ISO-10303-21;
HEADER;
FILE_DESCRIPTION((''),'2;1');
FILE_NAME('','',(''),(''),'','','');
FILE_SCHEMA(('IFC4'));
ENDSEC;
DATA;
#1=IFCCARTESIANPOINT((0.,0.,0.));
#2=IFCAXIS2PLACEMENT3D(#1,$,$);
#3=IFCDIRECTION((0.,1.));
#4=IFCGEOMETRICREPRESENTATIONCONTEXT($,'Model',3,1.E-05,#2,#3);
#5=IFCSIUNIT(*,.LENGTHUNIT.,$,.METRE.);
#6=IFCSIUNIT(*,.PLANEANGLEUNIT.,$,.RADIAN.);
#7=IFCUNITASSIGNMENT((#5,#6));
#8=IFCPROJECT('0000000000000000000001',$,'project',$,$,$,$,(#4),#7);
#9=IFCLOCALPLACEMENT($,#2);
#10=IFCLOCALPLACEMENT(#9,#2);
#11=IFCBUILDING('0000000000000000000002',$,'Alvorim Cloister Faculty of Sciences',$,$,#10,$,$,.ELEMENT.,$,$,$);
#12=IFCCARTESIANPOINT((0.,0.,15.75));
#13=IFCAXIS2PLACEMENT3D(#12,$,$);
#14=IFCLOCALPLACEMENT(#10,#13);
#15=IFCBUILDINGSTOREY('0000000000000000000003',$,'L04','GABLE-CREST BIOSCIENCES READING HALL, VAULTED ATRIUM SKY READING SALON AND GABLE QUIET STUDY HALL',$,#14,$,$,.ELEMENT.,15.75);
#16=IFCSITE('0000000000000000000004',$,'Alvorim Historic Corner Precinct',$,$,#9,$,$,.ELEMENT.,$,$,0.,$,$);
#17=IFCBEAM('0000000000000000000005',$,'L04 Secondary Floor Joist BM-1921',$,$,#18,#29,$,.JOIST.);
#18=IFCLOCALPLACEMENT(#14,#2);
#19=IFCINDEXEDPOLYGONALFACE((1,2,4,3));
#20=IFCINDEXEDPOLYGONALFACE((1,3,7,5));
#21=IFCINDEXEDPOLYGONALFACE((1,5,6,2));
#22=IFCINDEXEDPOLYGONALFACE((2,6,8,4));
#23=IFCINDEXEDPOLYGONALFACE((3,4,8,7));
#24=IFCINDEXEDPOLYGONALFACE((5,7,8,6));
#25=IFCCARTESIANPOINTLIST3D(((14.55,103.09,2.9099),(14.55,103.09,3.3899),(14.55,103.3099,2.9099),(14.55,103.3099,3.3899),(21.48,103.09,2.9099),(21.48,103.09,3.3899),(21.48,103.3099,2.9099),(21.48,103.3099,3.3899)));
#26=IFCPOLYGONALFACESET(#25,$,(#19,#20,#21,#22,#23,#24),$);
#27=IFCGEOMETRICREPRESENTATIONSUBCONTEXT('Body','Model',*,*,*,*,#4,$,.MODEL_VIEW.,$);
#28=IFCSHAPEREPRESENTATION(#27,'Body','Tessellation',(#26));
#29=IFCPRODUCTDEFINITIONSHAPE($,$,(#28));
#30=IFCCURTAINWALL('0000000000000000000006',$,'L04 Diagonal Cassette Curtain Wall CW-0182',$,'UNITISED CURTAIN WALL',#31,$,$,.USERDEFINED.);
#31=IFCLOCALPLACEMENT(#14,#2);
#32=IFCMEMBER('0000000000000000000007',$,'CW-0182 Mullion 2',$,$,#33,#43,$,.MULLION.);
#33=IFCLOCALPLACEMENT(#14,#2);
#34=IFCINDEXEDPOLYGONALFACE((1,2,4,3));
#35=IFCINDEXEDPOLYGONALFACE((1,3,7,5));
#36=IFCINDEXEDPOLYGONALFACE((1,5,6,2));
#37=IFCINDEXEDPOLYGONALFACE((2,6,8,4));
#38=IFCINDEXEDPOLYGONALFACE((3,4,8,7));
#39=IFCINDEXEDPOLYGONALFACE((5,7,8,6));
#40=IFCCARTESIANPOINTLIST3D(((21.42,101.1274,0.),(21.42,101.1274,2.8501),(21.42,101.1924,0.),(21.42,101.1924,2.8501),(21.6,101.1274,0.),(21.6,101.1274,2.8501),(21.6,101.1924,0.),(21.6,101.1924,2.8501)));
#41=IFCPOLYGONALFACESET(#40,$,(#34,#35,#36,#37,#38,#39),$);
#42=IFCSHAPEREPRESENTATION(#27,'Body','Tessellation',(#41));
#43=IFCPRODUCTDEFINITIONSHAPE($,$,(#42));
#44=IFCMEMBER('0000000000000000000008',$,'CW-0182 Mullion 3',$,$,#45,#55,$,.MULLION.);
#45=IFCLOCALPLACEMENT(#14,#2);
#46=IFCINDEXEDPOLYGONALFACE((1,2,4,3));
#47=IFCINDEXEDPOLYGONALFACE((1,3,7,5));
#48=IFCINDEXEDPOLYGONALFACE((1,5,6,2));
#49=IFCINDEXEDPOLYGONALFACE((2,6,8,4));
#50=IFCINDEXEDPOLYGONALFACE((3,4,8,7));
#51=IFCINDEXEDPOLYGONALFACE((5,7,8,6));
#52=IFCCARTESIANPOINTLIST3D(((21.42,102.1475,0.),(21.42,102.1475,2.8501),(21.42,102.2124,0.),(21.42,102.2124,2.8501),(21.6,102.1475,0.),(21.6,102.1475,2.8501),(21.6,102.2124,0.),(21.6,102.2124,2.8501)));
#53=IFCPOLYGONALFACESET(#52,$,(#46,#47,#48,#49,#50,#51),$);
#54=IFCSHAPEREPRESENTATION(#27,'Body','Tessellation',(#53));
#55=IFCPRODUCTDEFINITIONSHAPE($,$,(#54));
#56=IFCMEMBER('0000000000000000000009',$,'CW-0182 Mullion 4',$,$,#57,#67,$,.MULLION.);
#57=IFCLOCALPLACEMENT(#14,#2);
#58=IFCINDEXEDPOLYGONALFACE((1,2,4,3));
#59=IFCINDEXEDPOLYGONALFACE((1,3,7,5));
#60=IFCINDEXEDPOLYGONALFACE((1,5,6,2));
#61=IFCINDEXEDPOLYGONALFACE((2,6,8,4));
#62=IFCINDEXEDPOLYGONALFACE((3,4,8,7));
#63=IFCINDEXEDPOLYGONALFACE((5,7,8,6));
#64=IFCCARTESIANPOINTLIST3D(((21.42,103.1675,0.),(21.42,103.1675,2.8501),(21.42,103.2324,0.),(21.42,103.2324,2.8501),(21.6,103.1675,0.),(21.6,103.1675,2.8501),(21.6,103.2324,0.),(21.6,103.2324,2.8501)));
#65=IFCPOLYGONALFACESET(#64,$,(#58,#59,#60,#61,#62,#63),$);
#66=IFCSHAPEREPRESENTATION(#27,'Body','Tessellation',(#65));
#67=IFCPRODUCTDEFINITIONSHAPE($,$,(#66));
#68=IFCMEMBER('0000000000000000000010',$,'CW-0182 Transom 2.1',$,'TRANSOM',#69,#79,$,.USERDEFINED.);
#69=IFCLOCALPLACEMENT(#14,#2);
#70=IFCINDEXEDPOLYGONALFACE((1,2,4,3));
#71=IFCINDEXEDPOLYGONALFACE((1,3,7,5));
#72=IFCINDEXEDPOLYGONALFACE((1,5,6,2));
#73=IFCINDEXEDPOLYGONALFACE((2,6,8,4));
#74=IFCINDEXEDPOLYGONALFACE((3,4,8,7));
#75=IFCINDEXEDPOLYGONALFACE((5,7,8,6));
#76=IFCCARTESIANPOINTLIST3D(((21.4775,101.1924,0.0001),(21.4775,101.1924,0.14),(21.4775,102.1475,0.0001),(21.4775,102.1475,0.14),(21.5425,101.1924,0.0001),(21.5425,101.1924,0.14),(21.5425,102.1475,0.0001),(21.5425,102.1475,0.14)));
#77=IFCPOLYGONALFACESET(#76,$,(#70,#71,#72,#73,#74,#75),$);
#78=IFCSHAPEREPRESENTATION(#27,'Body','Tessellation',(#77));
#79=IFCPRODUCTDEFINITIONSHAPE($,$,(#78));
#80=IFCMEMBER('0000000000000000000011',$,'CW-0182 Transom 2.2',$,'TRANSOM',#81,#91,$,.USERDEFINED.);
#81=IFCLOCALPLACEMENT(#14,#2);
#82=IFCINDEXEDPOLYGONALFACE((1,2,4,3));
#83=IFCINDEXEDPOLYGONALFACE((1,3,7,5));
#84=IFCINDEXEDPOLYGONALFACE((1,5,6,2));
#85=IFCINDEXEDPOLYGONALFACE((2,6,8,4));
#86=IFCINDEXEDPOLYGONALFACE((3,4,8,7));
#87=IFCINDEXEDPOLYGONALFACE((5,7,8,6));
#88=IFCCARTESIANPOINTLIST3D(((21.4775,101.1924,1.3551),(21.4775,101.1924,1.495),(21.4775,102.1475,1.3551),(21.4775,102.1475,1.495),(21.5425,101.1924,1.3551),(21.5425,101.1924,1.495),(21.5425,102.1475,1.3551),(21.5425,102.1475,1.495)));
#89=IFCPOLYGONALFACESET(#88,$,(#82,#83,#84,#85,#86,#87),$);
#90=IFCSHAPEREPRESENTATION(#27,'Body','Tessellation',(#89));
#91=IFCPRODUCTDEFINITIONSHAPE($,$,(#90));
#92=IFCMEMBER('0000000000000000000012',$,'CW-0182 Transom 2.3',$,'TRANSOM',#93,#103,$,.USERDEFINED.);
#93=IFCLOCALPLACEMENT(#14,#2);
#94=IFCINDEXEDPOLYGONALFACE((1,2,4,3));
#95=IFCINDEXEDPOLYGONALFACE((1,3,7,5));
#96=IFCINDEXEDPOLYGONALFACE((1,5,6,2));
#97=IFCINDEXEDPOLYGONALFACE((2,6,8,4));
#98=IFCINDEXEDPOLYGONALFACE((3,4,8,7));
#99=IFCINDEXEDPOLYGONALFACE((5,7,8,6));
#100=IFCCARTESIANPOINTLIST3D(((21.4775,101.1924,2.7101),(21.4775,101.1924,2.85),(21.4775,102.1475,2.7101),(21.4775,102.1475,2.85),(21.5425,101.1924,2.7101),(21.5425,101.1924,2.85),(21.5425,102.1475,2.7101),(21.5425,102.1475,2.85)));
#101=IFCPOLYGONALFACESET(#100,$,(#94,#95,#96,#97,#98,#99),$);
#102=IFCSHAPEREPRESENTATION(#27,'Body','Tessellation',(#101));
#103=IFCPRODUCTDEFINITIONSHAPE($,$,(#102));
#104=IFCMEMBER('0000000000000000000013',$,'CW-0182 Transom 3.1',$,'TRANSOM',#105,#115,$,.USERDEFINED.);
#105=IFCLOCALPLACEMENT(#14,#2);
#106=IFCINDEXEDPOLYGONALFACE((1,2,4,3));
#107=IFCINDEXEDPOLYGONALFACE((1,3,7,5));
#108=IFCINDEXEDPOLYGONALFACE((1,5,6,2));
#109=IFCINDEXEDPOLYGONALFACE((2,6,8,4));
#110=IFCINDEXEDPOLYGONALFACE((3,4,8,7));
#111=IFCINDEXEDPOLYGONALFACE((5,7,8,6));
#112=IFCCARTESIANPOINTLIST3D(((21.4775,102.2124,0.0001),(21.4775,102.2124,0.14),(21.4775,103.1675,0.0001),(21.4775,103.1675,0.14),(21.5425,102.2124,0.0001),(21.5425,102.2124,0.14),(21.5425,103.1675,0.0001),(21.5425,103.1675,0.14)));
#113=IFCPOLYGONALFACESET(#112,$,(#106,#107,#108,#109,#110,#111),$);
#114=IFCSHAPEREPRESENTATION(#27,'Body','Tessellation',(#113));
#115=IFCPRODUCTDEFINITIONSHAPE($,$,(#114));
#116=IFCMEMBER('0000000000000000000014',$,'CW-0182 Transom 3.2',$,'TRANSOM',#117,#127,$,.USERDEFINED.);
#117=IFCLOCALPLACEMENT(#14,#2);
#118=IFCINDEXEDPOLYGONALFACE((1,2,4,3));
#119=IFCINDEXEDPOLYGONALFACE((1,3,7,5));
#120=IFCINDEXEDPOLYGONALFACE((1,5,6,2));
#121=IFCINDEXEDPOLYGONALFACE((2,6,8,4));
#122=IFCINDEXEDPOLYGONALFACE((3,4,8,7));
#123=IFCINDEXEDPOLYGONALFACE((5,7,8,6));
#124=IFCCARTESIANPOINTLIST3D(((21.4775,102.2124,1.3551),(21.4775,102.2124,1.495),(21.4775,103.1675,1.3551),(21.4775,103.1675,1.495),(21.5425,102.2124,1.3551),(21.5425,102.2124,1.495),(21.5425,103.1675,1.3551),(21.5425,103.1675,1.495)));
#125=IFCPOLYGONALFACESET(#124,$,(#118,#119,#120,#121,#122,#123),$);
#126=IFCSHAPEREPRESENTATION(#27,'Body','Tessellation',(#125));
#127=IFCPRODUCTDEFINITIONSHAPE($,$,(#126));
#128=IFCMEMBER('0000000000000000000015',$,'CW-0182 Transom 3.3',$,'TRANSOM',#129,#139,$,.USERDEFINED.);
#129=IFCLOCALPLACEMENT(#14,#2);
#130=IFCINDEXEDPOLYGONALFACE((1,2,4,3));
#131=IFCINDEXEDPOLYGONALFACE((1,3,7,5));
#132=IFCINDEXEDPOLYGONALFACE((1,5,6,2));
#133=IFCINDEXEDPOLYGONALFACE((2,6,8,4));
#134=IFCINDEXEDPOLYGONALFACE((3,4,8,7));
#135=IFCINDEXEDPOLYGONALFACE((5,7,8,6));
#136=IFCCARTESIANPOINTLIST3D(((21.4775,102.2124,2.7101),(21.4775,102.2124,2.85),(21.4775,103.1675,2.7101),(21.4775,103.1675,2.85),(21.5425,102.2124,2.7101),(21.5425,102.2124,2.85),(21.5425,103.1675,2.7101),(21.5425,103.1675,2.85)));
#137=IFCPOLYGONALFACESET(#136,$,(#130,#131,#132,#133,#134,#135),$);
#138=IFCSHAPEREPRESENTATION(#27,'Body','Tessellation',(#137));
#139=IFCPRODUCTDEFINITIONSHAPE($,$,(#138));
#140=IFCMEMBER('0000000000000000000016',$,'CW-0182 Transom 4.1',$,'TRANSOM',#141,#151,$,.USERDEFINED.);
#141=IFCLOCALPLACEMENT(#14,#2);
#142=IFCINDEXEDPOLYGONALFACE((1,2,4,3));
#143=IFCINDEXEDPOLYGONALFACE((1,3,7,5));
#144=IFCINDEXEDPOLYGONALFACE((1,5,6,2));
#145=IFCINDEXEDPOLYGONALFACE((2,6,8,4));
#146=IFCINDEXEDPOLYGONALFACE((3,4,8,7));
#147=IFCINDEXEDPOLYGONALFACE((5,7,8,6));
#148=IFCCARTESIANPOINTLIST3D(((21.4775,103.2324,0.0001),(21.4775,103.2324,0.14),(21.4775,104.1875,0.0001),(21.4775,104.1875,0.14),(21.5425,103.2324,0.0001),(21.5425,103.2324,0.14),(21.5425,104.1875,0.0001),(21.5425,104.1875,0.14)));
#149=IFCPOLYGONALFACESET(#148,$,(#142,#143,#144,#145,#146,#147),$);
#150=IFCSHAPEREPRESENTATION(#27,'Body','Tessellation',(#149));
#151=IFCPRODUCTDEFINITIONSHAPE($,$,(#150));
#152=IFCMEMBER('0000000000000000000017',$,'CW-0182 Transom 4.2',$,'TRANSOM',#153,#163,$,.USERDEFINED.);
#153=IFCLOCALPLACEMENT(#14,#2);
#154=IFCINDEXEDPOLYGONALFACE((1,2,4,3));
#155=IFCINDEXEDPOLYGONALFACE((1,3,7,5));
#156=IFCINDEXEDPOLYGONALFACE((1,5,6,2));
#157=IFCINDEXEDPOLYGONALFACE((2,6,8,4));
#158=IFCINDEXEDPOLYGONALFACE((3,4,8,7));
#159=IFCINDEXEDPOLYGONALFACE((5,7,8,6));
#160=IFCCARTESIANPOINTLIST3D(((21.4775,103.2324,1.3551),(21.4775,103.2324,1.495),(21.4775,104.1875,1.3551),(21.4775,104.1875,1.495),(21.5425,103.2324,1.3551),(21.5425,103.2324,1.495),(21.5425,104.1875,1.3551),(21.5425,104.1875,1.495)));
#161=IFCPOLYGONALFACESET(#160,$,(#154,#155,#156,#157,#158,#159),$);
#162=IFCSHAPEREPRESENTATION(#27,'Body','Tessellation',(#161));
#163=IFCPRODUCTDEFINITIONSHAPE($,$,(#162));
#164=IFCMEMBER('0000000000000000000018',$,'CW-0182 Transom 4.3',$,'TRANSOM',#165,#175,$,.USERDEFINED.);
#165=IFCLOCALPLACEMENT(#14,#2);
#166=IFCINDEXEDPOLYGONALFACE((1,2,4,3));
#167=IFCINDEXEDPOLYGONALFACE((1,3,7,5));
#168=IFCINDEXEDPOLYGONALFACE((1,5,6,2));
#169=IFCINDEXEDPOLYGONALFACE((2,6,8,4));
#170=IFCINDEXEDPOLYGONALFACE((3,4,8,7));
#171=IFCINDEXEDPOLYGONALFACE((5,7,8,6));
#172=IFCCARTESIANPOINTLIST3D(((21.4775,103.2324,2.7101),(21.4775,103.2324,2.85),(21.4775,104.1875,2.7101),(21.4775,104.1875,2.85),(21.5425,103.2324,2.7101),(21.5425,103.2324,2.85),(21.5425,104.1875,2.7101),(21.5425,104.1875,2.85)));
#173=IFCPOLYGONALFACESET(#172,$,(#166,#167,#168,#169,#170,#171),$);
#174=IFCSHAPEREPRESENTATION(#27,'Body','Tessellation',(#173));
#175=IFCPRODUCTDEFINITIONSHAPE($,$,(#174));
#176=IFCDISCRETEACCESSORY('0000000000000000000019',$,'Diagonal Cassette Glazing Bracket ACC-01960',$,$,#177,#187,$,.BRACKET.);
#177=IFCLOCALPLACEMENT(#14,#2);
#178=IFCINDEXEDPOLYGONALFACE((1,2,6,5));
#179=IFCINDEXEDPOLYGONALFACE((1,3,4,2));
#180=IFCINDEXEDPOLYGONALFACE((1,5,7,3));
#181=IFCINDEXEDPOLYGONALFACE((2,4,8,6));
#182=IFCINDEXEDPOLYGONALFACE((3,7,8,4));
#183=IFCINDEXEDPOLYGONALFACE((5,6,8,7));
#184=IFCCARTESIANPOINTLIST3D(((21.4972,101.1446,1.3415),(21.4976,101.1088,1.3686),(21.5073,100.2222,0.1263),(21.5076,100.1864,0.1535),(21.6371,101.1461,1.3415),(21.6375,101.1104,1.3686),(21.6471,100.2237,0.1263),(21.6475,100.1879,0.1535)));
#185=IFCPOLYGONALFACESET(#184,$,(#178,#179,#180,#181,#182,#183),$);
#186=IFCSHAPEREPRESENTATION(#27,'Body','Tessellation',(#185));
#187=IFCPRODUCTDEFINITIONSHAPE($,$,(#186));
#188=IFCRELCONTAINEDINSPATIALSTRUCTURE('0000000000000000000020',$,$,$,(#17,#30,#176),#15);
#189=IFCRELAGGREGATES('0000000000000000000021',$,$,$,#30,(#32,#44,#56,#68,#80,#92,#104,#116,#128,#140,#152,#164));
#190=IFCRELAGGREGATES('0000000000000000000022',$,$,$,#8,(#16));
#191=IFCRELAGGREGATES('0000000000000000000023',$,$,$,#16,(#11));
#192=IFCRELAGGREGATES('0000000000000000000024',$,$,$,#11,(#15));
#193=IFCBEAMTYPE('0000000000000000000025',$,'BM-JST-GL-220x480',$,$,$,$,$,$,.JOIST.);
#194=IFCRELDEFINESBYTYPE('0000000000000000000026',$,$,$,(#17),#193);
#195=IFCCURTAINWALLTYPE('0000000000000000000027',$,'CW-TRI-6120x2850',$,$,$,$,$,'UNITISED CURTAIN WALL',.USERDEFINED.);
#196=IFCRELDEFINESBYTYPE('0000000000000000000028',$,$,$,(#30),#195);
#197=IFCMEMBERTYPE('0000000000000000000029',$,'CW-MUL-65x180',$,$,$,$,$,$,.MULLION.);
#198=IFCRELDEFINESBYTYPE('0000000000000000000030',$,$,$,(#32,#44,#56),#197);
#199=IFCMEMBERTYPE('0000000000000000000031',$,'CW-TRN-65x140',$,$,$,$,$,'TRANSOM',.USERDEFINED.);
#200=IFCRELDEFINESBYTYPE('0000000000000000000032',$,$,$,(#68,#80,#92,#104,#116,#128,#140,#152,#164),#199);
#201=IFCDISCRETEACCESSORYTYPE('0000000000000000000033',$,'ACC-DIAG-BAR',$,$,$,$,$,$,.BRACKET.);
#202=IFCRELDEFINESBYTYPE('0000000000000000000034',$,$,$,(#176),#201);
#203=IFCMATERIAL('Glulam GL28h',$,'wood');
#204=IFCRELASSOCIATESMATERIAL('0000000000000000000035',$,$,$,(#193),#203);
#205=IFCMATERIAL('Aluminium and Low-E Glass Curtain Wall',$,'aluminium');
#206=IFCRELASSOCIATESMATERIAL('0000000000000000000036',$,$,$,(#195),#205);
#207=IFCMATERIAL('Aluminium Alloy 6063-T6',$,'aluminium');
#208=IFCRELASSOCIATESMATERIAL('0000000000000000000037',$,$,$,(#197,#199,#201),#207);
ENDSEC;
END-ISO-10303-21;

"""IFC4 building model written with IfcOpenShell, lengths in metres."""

from ifc_helpers import new_model, si_unit, direction, frame, origin, origin_2d, place, context, subcontext, project, spatial, rectangle, extrude, material, material_profile, profile_set, type_object, element, aggregate, save


model = new_model("IFC4")

# Units and contexts
model_context = context("Model", 3, precision=1e-05, world=origin(), true_north=direction((0.0, 1.0)))
body_context = subcontext(model_context, "Body", "Model", "MODEL_VIEW")
ifc_project = project(units=[si_unit("LENGTHUNIT", "METRE"), si_unit("PLANEANGLEUNIT", "RADIAN")], contexts=[model_context])

# Site, building, storey
site_placement = place(None, origin())
site = spatial("IfcSite", under=ifc_project, at=site_placement, Name="Alvorim Historic Corner Precinct", CompositionType="ELEMENT", RefElevation=0.0)
building_placement = place(site_placement, origin())
building = spatial("IfcBuilding", under=site, at=building_placement, Name="Alvorim Cloister Faculty of Sciences", CompositionType="ELEMENT")
storey_placement = place(building_placement, frame((0.0, 0.0, 15.75)))
storey = spatial("IfcBuildingStorey", under=building, at=storey_placement, Name="L04", Description="GABLE-CREST BIOSCIENCES READING HALL, VAULTED ATRIUM SKY READING SALON AND GABLE QUIET STUDY HALL", CompositionType="ELEMENT", Elevation=15.75)

# Beam
ifc_material_1 = material(Name="Glulam GL28h", Category="wood")
ifc_material_profile_1 = material_profile(ifc_material_1, rectangle(XDim=0.22, YDim=0.48, at=origin_2d()), Name="GL28-JST-220x480")
ifc_profile_set_1 = profile_set([ifc_material_profile_1], Name="Glulam GL28h")
beam_type = type_object("IfcBeamType", Name="BM-JST-GL-220x480", PredefinedType="JOIST", material=ifc_profile_set_1)
beam_placement = place(storey_placement, frame((14.55, 103.2, 3.1499), z_axis=(1.0, 0.0, 0.0), x_axis=(0.0, 1.0, 0.0)))
element("IfcBeam", 1, at=beam_placement, inside=storey, type_object=beam_type, Name="L04 Secondary Floor Joist BM-1921", PredefinedType="JOIST", context=body_context, shape_type="SweptSolid", body=[
    extrude(rectangle(XDim=0.22, YDim=0.48, at=origin_2d()), origin(), (0.0, 0.0, 1.0), 6.9299),
])

# Curtain wall, members
ifc_material_2 = material(Name="Aluminium and Low-E Glass Curtain Wall", Category="aluminium")
curtain_wall_type = type_object("IfcCurtainWallType", Name="CW-TRI-6120x2850", ElementType="UNITISED CURTAIN WALL", PredefinedType="USERDEFINED", material=ifc_material_2)
curtain_wall_placement = place(storey_placement, origin())
curtain_wall = element("IfcCurtainWall", 2, at=curtain_wall_placement, inside=storey, type_object=curtain_wall_type, Name="L04 Diagonal Cassette Curtain Wall CW-0182", ObjectType="UNITISED CURTAIN WALL", PredefinedType="USERDEFINED")
ifc_material_3 = material(Name="Aluminium Alloy 6063-T6", Category="aluminium")
ifc_material_profile_2 = material_profile(ifc_material_3, rectangle(XDim=0.0649, YDim=0.1799, at=origin_2d()), Name="ALU-MUL-65x180")
ifc_profile_set_2 = profile_set([ifc_material_profile_2], Name="Aluminium Alloy 6063-T6")
member_type_1 = type_object("IfcMemberType", Name="CW-MUL-65x180", PredefinedType="MULLION", material=ifc_profile_set_2)
member_1_placement = place(storey_placement, frame((21.51, 101.1599, 0.0), z_axis=(0.0, 0.0, 1.0), x_axis=(0.0, 1.0, 0.0)))
member_1 = element("IfcMember", 3, at=member_1_placement, type_object=member_type_1, Name="CW-0182 Mullion 2", PredefinedType="MULLION", context=body_context, shape_type="SweptSolid", body=[
    extrude(rectangle(XDim=0.0649, YDim=0.1799, at=origin_2d()), origin(), (0.0, 0.0, 1.0), 2.8501),
])
member_2_placement = place(storey_placement, frame((21.51, 102.1799, 0.0), z_axis=(0.0, 0.0, 1.0), x_axis=(0.0, 1.0, 0.0)))
member_2 = element("IfcMember", 4, at=member_2_placement, type_object=member_type_1, Name="CW-0182 Mullion 3", PredefinedType="MULLION", context=body_context, shape_type="SweptSolid", body=[
    extrude(rectangle(XDim=0.0649, YDim=0.1799, at=origin_2d()), origin(), (0.0, 0.0, 1.0), 2.8501),
])
member_3_placement = place(storey_placement, frame((21.51, 103.2, 0.0), z_axis=(0.0, 0.0, 1.0), x_axis=(0.0, 1.0, 0.0)))
member_3 = element("IfcMember", 5, at=member_3_placement, type_object=member_type_1, Name="CW-0182 Mullion 4", PredefinedType="MULLION", context=body_context, shape_type="SweptSolid", body=[
    extrude(rectangle(XDim=0.0649, YDim=0.1799, at=origin_2d()), origin(), (0.0, 0.0, 1.0), 2.8501),
])
ifc_material_profile_3 = material_profile(ifc_material_3, rectangle(XDim=0.0649, YDim=0.1399, at=origin_2d()), Name="ALU-TRN-65x140")
ifc_profile_set_3 = profile_set([ifc_material_profile_3], Name="Aluminium Alloy 6063-T6")
member_type_2 = type_object("IfcMemberType", Name="CW-TRN-65x140", ElementType="TRANSOM", PredefinedType="USERDEFINED", material=ifc_profile_set_3)
member_4_placement = place(storey_placement, frame((21.51, 101.1924, 0.0701), z_axis=(0.0, 1.0, 0.0), x_axis=(-1.0, 0.0, 0.0)))
member_4 = element("IfcMember", 6, at=member_4_placement, type_object=member_type_2, Name="CW-0182 Transom 2.1", ObjectType="TRANSOM", PredefinedType="USERDEFINED", context=body_context, shape_type="SweptSolid", body=[
    extrude(rectangle(XDim=0.0649, YDim=0.1399, at=origin_2d()), origin(), (0.0, 0.0, 1.0), 0.9551),
])
member_5_placement = place(storey_placement, frame((21.51, 101.1924, 1.425), z_axis=(0.0, 1.0, 0.0), x_axis=(-1.0, 0.0, 0.0)))
member_5 = element("IfcMember", 7, at=member_5_placement, type_object=member_type_2, Name="CW-0182 Transom 2.2", ObjectType="TRANSOM", PredefinedType="USERDEFINED", context=body_context, shape_type="SweptSolid", body=[
    extrude(rectangle(XDim=0.0649, YDim=0.1399, at=origin_2d()), origin(), (0.0, 0.0, 1.0), 0.9551),
])
member_6_placement = place(storey_placement, frame((21.51, 101.1924, 2.78), z_axis=(0.0, 1.0, 0.0), x_axis=(-1.0, 0.0, 0.0)))
member_6 = element("IfcMember", 8, at=member_6_placement, type_object=member_type_2, Name="CW-0182 Transom 2.3", ObjectType="TRANSOM", PredefinedType="USERDEFINED", context=body_context, shape_type="SweptSolid", body=[
    extrude(rectangle(XDim=0.0649, YDim=0.1399, at=origin_2d()), origin(), (0.0, 0.0, 1.0), 0.9551),
])
member_7_placement = place(storey_placement, frame((21.51, 102.2124, 0.0701), z_axis=(0.0, 1.0, 0.0), x_axis=(-1.0, 0.0, 0.0)))
member_7 = element("IfcMember", 9, at=member_7_placement, type_object=member_type_2, Name="CW-0182 Transom 3.1", ObjectType="TRANSOM", PredefinedType="USERDEFINED", context=body_context, shape_type="SweptSolid", body=[
    extrude(rectangle(XDim=0.0649, YDim=0.1399, at=origin_2d()), origin(), (0.0, 0.0, 1.0), 0.9551),
])
member_8_placement = place(storey_placement, frame((21.51, 102.2124, 1.425), z_axis=(0.0, 1.0, 0.0), x_axis=(-1.0, 0.0, 0.0)))
member_8 = element("IfcMember", 10, at=member_8_placement, type_object=member_type_2, Name="CW-0182 Transom 3.2", ObjectType="TRANSOM", PredefinedType="USERDEFINED", context=body_context, shape_type="SweptSolid", body=[
    extrude(rectangle(XDim=0.0649, YDim=0.1399, at=origin_2d()), origin(), (0.0, 0.0, 1.0), 0.9551),
])
member_9_placement = place(storey_placement, frame((21.51, 102.2124, 2.78), z_axis=(0.0, 1.0, 0.0), x_axis=(-1.0, 0.0, 0.0)))
member_9 = element("IfcMember", 11, at=member_9_placement, type_object=member_type_2, Name="CW-0182 Transom 3.3", ObjectType="TRANSOM", PredefinedType="USERDEFINED", context=body_context, shape_type="SweptSolid", body=[
    extrude(rectangle(XDim=0.0649, YDim=0.1399, at=origin_2d()), origin(), (0.0, 0.0, 1.0), 0.9551),
])
member_10_placement = place(storey_placement, frame((21.51, 103.2324, 0.0701), z_axis=(0.0, 1.0, 0.0), x_axis=(-1.0, 0.0, 0.0)))
member_10 = element("IfcMember", 12, at=member_10_placement, type_object=member_type_2, Name="CW-0182 Transom 4.1", ObjectType="TRANSOM", PredefinedType="USERDEFINED", context=body_context, shape_type="SweptSolid", body=[
    extrude(rectangle(XDim=0.0649, YDim=0.1399, at=origin_2d()), origin(), (0.0, 0.0, 1.0), 0.9551),
])
member_11_placement = place(storey_placement, frame((21.51, 103.2324, 1.425), z_axis=(0.0, 1.0, 0.0), x_axis=(-1.0, 0.0, 0.0)))
member_11 = element("IfcMember", 13, at=member_11_placement, type_object=member_type_2, Name="CW-0182 Transom 4.2", ObjectType="TRANSOM", PredefinedType="USERDEFINED", context=body_context, shape_type="SweptSolid", body=[
    extrude(rectangle(XDim=0.0649, YDim=0.1399, at=origin_2d()), origin(), (0.0, 0.0, 1.0), 0.9551),
])
member_12_placement = place(storey_placement, frame((21.51, 103.2324, 2.78), z_axis=(0.0, 1.0, 0.0), x_axis=(-1.0, 0.0, 0.0)))
member_12 = element("IfcMember", 14, at=member_12_placement, type_object=member_type_2, Name="CW-0182 Transom 4.3", ObjectType="TRANSOM", PredefinedType="USERDEFINED", context=body_context, shape_type="SweptSolid", body=[
    extrude(rectangle(XDim=0.0649, YDim=0.1399, at=origin_2d()), origin(), (0.0, 0.0, 1.0), 0.9551),
])
aggregate(curtain_wall, [member_1, member_2, member_3, member_4, member_5, member_6, member_7, member_8, member_9, member_10, member_11, member_12])

# Discrete accessory
discrete_accessory_type = type_object("IfcDiscreteAccessoryType", Name="ACC-DIAG-BAR", PredefinedType="BRACKET", material=ifc_material_3)
discrete_accessory_1_placement = place(storey_placement, frame((21.5774, 100.2051, 0.1399), z_axis=(-0.006561, 0.604612, 0.796493), x_axis=(-0.999941, -0.010852, 0.0)))
element("IfcDiscreteAccessory", 15, at=discrete_accessory_1_placement, inside=storey, type_object=discrete_accessory_type, Name="Diagonal Cassette Glazing Bracket ACC-01960", PredefinedType="BRACKET", context=body_context, shape_type="SweptSolid", body=[
    extrude(rectangle(XDim=0.1399, YDim=0.0449, at=origin_2d()), origin(), (0.0, 0.0, 1.0), 1.5256),
])

save(model, "model.ifc")
